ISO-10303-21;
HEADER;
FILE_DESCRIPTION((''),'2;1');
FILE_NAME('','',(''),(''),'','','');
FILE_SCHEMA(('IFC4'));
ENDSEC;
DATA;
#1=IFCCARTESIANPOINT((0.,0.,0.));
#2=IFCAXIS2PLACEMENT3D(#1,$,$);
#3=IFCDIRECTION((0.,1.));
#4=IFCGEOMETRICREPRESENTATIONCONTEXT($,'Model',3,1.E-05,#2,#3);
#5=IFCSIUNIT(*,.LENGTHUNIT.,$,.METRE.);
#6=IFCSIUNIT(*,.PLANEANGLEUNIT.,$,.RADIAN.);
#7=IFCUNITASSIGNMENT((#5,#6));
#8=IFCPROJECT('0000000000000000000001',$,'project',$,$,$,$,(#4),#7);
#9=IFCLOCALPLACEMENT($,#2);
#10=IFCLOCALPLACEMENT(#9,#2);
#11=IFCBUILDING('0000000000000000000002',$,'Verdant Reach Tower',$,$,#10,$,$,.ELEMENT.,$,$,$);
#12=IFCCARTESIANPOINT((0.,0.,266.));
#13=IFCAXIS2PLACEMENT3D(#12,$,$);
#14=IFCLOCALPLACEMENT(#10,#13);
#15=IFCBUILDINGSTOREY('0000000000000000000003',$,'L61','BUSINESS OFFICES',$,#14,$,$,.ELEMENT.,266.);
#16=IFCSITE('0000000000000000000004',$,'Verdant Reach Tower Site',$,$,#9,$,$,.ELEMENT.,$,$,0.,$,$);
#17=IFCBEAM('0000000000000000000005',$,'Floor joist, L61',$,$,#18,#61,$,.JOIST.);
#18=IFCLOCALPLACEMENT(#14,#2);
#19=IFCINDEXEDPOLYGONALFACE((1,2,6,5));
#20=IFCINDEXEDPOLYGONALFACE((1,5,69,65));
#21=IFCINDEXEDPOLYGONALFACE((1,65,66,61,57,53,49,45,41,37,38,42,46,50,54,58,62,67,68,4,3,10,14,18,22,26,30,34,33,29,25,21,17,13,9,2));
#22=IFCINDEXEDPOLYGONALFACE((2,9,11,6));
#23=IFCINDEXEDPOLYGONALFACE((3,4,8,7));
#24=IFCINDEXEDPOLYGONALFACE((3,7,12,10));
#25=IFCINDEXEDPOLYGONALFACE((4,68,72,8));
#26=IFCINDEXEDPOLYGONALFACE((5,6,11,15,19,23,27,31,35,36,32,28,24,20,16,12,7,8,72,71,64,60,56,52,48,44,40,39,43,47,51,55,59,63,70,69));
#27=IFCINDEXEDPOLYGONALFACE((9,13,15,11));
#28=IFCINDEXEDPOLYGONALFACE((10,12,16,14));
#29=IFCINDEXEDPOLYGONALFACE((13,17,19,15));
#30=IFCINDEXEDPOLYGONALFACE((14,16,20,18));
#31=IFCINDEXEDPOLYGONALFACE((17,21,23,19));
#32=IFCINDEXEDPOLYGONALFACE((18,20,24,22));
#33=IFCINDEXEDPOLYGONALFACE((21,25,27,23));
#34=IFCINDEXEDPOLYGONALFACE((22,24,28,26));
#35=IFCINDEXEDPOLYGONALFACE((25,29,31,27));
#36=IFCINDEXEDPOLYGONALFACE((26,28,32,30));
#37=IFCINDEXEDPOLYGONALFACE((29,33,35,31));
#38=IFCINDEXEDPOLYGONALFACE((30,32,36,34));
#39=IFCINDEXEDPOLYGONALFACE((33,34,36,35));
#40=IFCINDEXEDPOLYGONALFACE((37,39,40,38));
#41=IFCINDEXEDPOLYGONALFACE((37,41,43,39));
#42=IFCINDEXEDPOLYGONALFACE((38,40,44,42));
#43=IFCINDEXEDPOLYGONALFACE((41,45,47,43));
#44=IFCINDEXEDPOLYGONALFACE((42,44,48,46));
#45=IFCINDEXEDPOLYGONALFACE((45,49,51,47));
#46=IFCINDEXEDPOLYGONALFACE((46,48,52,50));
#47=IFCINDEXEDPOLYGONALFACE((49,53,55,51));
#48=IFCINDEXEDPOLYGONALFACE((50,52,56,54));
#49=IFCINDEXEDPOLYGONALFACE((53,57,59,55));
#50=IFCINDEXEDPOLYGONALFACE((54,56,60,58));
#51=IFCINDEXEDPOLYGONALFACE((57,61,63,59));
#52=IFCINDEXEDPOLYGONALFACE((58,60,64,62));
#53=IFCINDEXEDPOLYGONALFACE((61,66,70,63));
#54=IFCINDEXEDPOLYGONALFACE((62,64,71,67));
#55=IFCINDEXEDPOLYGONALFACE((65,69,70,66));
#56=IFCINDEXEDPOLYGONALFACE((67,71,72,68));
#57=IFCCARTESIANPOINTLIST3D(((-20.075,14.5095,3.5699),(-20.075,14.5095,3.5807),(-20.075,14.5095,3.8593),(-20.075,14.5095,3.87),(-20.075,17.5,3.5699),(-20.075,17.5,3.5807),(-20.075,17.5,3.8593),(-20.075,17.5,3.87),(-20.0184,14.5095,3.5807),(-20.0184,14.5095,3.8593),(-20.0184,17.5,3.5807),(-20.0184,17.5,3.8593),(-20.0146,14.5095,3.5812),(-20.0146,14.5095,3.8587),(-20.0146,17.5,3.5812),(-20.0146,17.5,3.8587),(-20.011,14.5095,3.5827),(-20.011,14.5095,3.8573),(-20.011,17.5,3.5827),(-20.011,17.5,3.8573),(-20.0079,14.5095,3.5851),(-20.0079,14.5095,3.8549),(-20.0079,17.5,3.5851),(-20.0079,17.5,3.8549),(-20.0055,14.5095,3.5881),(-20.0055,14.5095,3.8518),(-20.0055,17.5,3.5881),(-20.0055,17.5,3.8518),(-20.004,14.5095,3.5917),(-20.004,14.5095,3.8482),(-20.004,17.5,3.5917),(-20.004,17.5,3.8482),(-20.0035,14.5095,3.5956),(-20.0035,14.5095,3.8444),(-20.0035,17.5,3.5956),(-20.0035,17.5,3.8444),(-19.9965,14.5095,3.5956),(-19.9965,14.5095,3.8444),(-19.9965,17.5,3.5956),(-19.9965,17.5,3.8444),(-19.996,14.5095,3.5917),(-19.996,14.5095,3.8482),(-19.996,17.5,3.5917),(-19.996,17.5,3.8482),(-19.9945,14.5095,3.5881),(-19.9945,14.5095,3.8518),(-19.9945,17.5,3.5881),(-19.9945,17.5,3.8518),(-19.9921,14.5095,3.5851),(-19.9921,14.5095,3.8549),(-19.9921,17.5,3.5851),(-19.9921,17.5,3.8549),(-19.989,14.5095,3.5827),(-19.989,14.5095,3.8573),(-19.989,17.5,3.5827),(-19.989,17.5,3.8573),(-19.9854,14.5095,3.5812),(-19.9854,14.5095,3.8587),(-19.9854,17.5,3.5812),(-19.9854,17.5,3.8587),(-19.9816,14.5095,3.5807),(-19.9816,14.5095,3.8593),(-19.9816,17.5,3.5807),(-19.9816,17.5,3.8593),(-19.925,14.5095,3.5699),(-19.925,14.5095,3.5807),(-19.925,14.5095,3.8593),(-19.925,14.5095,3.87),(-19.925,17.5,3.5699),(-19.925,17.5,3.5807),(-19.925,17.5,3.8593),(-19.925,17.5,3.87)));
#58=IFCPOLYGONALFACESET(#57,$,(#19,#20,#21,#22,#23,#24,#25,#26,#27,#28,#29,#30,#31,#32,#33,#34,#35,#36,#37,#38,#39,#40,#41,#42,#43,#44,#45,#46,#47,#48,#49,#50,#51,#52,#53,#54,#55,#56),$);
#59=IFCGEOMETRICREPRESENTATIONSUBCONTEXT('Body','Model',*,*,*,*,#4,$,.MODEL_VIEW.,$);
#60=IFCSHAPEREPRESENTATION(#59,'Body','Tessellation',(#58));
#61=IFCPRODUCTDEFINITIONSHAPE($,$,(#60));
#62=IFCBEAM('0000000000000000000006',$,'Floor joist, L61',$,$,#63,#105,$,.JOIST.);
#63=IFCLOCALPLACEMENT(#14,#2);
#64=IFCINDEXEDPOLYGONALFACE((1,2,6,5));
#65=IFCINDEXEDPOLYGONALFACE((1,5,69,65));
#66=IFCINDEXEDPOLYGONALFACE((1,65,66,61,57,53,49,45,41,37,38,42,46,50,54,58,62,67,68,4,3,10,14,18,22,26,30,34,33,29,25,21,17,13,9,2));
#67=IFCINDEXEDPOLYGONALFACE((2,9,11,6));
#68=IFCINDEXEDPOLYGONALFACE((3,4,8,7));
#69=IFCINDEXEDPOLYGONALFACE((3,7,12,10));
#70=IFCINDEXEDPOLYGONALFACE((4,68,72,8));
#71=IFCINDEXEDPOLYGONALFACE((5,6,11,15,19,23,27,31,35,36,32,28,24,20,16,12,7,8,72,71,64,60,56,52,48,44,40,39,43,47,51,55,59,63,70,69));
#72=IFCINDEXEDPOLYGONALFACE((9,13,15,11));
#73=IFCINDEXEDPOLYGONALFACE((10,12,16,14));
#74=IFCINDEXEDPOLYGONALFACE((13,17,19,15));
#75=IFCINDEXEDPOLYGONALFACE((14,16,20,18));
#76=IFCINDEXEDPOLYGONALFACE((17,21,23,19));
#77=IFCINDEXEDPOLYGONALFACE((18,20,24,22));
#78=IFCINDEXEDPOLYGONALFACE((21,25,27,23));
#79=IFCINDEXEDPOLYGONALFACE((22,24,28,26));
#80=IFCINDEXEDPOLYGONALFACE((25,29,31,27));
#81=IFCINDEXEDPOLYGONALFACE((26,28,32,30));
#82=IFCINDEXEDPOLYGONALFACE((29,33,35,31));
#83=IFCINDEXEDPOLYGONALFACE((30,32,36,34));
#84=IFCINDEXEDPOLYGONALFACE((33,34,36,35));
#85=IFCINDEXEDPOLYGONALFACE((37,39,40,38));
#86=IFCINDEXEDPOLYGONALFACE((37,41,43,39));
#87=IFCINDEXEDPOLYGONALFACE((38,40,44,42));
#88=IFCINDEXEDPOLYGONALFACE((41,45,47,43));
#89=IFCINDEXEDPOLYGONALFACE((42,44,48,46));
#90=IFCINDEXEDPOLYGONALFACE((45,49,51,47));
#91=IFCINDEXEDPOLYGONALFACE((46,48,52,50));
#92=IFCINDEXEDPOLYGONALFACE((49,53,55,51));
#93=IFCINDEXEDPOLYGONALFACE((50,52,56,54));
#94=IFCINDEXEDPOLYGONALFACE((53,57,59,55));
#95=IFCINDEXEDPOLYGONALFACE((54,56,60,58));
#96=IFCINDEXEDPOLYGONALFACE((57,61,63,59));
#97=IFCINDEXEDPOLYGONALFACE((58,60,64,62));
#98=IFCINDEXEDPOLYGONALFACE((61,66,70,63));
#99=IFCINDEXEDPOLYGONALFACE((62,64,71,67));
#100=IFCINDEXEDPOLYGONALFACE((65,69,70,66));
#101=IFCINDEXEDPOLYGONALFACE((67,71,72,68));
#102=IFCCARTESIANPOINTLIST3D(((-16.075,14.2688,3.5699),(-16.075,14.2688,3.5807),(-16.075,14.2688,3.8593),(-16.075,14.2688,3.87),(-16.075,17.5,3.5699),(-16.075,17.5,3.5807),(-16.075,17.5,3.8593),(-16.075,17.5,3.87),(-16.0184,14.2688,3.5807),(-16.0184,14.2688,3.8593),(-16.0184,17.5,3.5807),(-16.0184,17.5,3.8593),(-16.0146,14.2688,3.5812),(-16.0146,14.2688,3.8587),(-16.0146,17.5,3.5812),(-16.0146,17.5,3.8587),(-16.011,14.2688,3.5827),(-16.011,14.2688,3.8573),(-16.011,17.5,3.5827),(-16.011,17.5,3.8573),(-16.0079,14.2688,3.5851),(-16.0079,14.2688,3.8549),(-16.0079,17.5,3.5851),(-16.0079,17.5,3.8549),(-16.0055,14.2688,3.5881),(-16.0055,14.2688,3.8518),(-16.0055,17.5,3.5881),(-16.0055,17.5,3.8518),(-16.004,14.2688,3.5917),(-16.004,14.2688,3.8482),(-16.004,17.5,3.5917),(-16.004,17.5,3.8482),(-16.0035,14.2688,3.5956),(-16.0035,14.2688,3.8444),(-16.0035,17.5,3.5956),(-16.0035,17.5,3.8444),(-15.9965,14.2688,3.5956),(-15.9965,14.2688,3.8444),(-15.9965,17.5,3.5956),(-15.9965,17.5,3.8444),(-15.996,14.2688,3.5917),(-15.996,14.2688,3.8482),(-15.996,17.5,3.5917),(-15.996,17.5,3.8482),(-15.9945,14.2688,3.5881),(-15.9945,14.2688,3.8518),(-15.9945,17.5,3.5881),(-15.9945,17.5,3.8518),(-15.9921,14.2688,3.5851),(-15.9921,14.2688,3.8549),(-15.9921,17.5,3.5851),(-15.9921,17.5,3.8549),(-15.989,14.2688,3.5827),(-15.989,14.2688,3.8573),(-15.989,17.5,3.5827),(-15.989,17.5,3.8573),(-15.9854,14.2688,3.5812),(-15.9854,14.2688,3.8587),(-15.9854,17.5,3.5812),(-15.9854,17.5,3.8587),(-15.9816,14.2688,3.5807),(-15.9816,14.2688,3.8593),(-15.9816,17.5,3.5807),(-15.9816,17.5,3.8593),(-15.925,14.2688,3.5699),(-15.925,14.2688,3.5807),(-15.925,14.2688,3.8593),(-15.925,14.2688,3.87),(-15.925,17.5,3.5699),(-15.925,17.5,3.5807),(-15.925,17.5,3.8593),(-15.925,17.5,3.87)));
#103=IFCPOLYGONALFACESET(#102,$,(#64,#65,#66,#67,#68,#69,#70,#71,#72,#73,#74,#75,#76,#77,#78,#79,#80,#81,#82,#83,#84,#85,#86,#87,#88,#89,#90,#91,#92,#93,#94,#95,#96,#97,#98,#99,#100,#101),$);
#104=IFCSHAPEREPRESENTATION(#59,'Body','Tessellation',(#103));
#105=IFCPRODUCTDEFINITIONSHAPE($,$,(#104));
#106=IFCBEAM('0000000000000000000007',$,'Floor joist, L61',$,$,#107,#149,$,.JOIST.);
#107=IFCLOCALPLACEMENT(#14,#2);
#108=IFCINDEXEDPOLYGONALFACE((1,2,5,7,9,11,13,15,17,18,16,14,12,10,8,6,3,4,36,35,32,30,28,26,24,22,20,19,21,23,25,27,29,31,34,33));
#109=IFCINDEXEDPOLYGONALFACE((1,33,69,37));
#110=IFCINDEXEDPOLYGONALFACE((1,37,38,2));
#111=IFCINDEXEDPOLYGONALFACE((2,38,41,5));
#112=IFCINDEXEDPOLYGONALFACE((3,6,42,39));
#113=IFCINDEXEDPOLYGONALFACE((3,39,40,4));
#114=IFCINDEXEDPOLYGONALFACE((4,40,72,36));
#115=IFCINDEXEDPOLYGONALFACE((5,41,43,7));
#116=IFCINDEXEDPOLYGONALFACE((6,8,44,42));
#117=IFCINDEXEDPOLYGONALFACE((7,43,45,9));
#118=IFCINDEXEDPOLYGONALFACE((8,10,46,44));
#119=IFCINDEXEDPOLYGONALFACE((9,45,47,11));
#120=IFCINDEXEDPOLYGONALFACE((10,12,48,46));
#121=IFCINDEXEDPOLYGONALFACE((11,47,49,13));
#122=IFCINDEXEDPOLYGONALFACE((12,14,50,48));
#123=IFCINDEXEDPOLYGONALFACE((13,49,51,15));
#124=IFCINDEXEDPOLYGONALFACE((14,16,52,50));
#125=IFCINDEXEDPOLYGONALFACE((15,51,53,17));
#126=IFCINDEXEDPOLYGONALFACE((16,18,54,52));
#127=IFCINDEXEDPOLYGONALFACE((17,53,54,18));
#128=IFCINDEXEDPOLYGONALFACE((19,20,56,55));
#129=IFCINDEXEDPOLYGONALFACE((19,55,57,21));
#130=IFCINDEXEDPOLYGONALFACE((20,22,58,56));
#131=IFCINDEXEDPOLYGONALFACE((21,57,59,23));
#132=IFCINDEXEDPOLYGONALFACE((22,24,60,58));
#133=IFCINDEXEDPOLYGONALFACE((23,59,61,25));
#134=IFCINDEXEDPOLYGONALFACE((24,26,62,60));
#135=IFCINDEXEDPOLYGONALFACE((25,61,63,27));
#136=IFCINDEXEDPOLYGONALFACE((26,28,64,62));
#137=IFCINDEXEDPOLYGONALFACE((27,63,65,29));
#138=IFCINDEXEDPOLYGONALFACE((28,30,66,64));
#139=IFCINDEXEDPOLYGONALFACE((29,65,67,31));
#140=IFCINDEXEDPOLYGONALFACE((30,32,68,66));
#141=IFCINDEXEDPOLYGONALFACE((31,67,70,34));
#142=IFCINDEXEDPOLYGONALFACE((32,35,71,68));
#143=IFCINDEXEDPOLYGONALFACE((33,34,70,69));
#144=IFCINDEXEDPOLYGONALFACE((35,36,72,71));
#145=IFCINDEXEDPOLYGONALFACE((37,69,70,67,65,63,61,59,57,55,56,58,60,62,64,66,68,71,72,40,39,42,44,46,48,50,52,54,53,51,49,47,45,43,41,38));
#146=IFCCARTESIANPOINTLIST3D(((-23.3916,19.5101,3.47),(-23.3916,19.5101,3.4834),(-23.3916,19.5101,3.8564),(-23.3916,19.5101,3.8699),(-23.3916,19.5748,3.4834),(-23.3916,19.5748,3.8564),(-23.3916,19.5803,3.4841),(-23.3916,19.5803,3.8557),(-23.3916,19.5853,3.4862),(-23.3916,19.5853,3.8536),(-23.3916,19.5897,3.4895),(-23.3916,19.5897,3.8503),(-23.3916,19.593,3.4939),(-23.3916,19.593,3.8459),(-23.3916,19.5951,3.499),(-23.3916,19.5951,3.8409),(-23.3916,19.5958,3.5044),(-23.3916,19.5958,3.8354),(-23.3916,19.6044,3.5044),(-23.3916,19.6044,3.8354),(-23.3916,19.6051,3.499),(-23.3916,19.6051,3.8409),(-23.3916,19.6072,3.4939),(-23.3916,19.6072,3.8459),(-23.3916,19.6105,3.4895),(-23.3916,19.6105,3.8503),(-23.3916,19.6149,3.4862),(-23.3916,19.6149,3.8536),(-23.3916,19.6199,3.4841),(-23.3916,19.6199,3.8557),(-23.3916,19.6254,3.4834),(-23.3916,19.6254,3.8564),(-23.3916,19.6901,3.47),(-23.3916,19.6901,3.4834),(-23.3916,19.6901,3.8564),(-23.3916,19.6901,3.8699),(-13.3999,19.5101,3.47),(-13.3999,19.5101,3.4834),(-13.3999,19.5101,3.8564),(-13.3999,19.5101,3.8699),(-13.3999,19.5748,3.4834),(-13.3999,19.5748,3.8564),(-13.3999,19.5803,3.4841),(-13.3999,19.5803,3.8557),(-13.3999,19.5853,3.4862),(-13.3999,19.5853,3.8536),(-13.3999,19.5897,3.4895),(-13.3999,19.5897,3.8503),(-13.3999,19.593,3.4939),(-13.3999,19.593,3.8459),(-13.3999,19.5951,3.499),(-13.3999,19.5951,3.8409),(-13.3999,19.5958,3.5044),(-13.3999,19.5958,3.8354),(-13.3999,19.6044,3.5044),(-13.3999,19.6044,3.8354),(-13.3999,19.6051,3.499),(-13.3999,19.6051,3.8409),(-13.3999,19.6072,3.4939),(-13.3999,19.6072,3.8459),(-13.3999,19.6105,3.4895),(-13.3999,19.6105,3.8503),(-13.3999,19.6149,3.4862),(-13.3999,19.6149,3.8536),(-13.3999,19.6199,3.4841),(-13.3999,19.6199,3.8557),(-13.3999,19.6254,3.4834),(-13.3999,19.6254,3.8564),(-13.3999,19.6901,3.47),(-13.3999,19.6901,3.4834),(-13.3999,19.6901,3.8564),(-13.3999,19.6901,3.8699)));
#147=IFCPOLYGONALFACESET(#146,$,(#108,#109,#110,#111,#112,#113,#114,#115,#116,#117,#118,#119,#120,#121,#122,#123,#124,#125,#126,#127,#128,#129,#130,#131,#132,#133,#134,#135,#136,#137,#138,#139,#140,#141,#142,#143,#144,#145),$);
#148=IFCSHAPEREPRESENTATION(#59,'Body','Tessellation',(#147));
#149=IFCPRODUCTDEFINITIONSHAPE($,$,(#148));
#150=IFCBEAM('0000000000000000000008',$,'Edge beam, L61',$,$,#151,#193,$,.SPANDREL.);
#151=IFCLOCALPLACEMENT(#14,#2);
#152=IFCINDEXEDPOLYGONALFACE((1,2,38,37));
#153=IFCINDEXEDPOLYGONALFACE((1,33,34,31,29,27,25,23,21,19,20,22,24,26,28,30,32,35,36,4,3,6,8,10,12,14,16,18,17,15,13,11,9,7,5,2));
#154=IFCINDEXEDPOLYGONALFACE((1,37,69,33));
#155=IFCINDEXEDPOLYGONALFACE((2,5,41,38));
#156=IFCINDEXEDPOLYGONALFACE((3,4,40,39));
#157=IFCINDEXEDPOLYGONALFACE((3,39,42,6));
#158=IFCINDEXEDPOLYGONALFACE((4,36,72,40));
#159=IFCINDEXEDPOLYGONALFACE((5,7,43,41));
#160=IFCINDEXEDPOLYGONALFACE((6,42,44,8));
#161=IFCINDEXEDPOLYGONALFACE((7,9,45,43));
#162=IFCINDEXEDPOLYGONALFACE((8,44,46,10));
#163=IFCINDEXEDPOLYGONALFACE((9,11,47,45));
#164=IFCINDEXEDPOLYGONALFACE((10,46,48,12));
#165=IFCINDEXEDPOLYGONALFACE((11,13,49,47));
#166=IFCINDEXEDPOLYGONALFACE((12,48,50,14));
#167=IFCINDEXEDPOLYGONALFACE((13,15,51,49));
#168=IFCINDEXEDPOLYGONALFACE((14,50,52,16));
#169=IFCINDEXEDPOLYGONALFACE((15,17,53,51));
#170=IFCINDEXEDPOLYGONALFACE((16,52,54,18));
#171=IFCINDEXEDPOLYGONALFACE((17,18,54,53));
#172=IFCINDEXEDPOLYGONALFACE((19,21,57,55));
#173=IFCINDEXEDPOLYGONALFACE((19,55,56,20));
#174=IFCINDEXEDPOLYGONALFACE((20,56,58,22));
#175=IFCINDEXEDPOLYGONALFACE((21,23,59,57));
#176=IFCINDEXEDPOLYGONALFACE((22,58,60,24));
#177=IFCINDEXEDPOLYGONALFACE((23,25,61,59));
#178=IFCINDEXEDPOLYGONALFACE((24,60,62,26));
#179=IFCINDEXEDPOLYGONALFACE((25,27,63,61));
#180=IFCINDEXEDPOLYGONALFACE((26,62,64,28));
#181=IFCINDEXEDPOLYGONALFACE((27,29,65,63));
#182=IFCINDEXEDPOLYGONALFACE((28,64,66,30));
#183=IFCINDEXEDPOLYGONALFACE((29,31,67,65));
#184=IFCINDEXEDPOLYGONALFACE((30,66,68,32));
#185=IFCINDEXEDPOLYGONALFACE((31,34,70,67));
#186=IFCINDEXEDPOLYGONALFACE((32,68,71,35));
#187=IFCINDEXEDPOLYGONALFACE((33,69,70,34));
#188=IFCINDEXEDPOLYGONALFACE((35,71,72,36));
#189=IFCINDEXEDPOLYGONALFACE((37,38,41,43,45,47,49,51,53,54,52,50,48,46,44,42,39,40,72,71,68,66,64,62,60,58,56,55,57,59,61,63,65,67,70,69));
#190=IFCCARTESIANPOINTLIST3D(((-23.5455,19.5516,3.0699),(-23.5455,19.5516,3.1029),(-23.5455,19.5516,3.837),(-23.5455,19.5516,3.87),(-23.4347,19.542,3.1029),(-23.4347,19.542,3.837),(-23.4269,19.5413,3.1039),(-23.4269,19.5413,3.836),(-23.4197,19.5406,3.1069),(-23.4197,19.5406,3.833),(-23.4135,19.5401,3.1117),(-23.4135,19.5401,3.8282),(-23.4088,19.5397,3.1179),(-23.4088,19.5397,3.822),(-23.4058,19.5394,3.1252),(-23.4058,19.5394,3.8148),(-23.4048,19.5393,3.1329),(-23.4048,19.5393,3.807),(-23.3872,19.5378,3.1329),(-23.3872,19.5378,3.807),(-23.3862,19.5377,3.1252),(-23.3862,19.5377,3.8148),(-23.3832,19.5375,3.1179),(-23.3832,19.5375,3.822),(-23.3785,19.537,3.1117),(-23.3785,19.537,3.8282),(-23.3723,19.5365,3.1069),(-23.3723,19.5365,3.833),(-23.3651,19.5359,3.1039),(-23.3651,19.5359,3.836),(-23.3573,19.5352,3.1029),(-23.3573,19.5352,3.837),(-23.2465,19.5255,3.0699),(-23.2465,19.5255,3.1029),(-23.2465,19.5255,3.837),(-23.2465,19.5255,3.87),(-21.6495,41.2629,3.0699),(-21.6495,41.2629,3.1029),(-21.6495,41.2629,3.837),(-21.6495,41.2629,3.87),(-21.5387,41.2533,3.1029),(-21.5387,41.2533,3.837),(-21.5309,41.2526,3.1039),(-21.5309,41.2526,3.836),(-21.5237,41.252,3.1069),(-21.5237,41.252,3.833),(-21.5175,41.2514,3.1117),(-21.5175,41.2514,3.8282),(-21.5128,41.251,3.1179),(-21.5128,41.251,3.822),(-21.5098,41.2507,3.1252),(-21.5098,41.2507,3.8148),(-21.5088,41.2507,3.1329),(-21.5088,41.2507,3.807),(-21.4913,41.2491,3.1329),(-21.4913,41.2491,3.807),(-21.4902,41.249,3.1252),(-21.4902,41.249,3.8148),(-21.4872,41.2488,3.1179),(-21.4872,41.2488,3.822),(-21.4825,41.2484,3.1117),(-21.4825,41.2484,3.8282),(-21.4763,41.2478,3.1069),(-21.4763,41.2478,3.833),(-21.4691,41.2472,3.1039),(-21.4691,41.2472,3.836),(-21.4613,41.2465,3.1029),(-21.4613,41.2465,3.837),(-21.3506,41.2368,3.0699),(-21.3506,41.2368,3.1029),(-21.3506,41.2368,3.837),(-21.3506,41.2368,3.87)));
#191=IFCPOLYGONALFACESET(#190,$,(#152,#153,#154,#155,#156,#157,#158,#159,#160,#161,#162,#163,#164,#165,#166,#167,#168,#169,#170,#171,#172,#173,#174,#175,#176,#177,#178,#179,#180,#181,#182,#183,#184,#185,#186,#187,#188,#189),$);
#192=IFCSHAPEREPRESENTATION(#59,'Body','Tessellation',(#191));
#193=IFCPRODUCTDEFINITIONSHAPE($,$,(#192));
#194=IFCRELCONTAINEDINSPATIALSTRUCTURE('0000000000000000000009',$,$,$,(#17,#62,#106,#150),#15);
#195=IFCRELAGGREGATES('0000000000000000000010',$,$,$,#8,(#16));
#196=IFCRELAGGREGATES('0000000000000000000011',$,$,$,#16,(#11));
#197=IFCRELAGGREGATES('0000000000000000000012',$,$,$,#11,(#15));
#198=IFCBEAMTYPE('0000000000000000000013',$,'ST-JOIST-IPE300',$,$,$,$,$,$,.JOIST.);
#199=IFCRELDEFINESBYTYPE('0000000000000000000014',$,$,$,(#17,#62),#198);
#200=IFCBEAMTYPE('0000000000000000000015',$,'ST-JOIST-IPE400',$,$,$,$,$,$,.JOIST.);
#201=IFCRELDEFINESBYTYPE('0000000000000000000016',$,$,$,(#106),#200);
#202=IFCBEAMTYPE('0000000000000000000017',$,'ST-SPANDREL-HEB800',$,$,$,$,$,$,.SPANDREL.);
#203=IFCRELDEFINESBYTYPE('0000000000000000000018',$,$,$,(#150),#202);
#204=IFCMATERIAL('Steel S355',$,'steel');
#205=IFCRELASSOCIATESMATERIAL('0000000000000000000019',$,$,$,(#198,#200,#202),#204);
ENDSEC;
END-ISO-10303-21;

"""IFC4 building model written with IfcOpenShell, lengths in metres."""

from ifc_helpers import new_model, si_unit, direction, frame, origin, origin_2d, place, context, subcontext, project, spatial, i_section, extrude, material, material_profile, profile_set, type_object, element, save


model = new_model("IFC4")

# Units and contexts
model_context = context("Model", 3, precision=1e-05, world=origin(), true_north=direction((0.0, 1.0)))
body_context = subcontext(model_context, "Body", "Model", "MODEL_VIEW")
ifc_project = project(units=[si_unit("LENGTHUNIT", "METRE"), si_unit("PLANEANGLEUNIT", "RADIAN")], contexts=[model_context])

# Site, building, storey
site_placement = place(None, origin())
site = spatial("IfcSite", under=ifc_project, at=site_placement, Name="Verdant Reach Tower Site", CompositionType="ELEMENT", RefElevation=0.0)
building_placement = place(site_placement, origin())
building = spatial("IfcBuilding", under=site, at=building_placement, Name="Verdant Reach Tower", CompositionType="ELEMENT")
storey_placement = place(building_placement, frame((0.0, 0.0, 266.0)))
storey = spatial("IfcBuildingStorey", under=building, at=storey_placement, Name="L61", Description="BUSINESS OFFICES", CompositionType="ELEMENT", Elevation=266.0)

# Beams
ifc_material_1 = material(Name="Steel S355", Category="steel")
ifc_material_profile_1 = material_profile(ifc_material_1, i_section(OverallWidth=0.1499, OverallDepth=0.3, WebThickness=0.0071, FlangeThickness=0.0107, FilletRadius=0.0149, at=origin_2d()), Name="IPE 300")
ifc_profile_set_1 = profile_set([ifc_material_profile_1], Name="Steel S355")
beam_type_1 = type_object("IfcBeamType", Name="ST-JOIST-IPE300", PredefinedType="JOIST", material=ifc_profile_set_1)
beam_1_placement = place(storey_placement, frame((-20.0, 17.5, 3.72), z_axis=(0.0, -1.0, 0.0), x_axis=(1.0, 0.0, 0.0)))
element("IfcBeam", 1, at=beam_1_placement, inside=storey, type_object=beam_type_1, Name="Floor joist, L61", PredefinedType="JOIST", context=body_context, shape_type="SweptSolid", body=[
    extrude(i_section(OverallWidth=0.1499, OverallDepth=0.3, WebThickness=0.0071, FlangeThickness=0.0107, FilletRadius=0.0149, at=origin_2d()), origin(), (0.0, 0.0, 1.0), 2.9905),
])
beam_2_placement = place(storey_placement, frame((-16.0, 17.5, 3.72), z_axis=(0.0, -1.0, 0.0), x_axis=(1.0, 0.0, 0.0)))
element("IfcBeam", 2, at=beam_2_placement, inside=storey, type_object=beam_type_1, Name="Floor joist, L61", PredefinedType="JOIST", context=body_context, shape_type="SweptSolid", body=[
    extrude(i_section(OverallWidth=0.1499, OverallDepth=0.3, WebThickness=0.0071, FlangeThickness=0.0107, FilletRadius=0.0149, at=origin_2d()), origin(), (0.0, 0.0, 1.0), 3.2312),
])
ifc_material_profile_2 = material_profile(ifc_material_1, i_section(OverallWidth=0.1799, OverallDepth=0.3999, WebThickness=0.0085, FlangeThickness=0.0134, FilletRadius=0.021, at=origin_2d()), Name="IPE 400")
ifc_profile_set_2 = profile_set([ifc_material_profile_2], Name="Steel S355")
beam_type_2 = type_object("IfcBeamType", Name="ST-JOIST-IPE400", PredefinedType="JOIST", material=ifc_profile_set_2)
beam_3_placement = place(storey_placement, frame((-13.3999, 19.6001, 3.6699), z_axis=(-1.0, 0.0, 0.0), x_axis=(0.0, -1.0, 0.0)))
element("IfcBeam", 3, at=beam_3_placement, inside=storey, type_object=beam_type_2, Name="Floor joist, L61", PredefinedType="JOIST", context=body_context, shape_type="SweptSolid", body=[
    extrude(i_section(OverallWidth=0.1799, OverallDepth=0.3999, WebThickness=0.0085, FlangeThickness=0.0134, FilletRadius=0.021, at=origin_2d()), origin(), (0.0, 0.0, 1.0), 9.9917),
])
ifc_material_profile_3 = material_profile(ifc_material_1, i_section(OverallWidth=0.3, OverallDepth=0.8, WebThickness=0.0176, FlangeThickness=0.033, FilletRadius=0.03, at=origin_2d()), Name="HEB 800")
ifc_profile_set_3 = profile_set([ifc_material_profile_3], Name="Steel S355")
beam_type_3 = type_object("IfcBeamType", Name="ST-SPANDREL-HEB800", PredefinedType="SPANDREL", material=ifc_profile_set_3)
beam_4_placement = place(storey_placement, frame((-23.396, 19.5386, 3.47), z_axis=(0.086996, 0.996209, 0.0), x_axis=(-0.996209, 0.086996, 0.0)))
element("IfcBeam", 4, at=beam_4_placement, inside=storey, type_object=beam_type_3, Name="Edge beam, L61", PredefinedType="SPANDREL", context=body_context, shape_type="SweptSolid", body=[
    extrude(i_section(OverallWidth=0.3, OverallDepth=0.8, WebThickness=0.0176, FlangeThickness=0.033, FilletRadius=0.03, at=origin_2d()), origin(), (0.0, 0.0, 1.0), 21.7939),
])

save(model, "model.ifc")
